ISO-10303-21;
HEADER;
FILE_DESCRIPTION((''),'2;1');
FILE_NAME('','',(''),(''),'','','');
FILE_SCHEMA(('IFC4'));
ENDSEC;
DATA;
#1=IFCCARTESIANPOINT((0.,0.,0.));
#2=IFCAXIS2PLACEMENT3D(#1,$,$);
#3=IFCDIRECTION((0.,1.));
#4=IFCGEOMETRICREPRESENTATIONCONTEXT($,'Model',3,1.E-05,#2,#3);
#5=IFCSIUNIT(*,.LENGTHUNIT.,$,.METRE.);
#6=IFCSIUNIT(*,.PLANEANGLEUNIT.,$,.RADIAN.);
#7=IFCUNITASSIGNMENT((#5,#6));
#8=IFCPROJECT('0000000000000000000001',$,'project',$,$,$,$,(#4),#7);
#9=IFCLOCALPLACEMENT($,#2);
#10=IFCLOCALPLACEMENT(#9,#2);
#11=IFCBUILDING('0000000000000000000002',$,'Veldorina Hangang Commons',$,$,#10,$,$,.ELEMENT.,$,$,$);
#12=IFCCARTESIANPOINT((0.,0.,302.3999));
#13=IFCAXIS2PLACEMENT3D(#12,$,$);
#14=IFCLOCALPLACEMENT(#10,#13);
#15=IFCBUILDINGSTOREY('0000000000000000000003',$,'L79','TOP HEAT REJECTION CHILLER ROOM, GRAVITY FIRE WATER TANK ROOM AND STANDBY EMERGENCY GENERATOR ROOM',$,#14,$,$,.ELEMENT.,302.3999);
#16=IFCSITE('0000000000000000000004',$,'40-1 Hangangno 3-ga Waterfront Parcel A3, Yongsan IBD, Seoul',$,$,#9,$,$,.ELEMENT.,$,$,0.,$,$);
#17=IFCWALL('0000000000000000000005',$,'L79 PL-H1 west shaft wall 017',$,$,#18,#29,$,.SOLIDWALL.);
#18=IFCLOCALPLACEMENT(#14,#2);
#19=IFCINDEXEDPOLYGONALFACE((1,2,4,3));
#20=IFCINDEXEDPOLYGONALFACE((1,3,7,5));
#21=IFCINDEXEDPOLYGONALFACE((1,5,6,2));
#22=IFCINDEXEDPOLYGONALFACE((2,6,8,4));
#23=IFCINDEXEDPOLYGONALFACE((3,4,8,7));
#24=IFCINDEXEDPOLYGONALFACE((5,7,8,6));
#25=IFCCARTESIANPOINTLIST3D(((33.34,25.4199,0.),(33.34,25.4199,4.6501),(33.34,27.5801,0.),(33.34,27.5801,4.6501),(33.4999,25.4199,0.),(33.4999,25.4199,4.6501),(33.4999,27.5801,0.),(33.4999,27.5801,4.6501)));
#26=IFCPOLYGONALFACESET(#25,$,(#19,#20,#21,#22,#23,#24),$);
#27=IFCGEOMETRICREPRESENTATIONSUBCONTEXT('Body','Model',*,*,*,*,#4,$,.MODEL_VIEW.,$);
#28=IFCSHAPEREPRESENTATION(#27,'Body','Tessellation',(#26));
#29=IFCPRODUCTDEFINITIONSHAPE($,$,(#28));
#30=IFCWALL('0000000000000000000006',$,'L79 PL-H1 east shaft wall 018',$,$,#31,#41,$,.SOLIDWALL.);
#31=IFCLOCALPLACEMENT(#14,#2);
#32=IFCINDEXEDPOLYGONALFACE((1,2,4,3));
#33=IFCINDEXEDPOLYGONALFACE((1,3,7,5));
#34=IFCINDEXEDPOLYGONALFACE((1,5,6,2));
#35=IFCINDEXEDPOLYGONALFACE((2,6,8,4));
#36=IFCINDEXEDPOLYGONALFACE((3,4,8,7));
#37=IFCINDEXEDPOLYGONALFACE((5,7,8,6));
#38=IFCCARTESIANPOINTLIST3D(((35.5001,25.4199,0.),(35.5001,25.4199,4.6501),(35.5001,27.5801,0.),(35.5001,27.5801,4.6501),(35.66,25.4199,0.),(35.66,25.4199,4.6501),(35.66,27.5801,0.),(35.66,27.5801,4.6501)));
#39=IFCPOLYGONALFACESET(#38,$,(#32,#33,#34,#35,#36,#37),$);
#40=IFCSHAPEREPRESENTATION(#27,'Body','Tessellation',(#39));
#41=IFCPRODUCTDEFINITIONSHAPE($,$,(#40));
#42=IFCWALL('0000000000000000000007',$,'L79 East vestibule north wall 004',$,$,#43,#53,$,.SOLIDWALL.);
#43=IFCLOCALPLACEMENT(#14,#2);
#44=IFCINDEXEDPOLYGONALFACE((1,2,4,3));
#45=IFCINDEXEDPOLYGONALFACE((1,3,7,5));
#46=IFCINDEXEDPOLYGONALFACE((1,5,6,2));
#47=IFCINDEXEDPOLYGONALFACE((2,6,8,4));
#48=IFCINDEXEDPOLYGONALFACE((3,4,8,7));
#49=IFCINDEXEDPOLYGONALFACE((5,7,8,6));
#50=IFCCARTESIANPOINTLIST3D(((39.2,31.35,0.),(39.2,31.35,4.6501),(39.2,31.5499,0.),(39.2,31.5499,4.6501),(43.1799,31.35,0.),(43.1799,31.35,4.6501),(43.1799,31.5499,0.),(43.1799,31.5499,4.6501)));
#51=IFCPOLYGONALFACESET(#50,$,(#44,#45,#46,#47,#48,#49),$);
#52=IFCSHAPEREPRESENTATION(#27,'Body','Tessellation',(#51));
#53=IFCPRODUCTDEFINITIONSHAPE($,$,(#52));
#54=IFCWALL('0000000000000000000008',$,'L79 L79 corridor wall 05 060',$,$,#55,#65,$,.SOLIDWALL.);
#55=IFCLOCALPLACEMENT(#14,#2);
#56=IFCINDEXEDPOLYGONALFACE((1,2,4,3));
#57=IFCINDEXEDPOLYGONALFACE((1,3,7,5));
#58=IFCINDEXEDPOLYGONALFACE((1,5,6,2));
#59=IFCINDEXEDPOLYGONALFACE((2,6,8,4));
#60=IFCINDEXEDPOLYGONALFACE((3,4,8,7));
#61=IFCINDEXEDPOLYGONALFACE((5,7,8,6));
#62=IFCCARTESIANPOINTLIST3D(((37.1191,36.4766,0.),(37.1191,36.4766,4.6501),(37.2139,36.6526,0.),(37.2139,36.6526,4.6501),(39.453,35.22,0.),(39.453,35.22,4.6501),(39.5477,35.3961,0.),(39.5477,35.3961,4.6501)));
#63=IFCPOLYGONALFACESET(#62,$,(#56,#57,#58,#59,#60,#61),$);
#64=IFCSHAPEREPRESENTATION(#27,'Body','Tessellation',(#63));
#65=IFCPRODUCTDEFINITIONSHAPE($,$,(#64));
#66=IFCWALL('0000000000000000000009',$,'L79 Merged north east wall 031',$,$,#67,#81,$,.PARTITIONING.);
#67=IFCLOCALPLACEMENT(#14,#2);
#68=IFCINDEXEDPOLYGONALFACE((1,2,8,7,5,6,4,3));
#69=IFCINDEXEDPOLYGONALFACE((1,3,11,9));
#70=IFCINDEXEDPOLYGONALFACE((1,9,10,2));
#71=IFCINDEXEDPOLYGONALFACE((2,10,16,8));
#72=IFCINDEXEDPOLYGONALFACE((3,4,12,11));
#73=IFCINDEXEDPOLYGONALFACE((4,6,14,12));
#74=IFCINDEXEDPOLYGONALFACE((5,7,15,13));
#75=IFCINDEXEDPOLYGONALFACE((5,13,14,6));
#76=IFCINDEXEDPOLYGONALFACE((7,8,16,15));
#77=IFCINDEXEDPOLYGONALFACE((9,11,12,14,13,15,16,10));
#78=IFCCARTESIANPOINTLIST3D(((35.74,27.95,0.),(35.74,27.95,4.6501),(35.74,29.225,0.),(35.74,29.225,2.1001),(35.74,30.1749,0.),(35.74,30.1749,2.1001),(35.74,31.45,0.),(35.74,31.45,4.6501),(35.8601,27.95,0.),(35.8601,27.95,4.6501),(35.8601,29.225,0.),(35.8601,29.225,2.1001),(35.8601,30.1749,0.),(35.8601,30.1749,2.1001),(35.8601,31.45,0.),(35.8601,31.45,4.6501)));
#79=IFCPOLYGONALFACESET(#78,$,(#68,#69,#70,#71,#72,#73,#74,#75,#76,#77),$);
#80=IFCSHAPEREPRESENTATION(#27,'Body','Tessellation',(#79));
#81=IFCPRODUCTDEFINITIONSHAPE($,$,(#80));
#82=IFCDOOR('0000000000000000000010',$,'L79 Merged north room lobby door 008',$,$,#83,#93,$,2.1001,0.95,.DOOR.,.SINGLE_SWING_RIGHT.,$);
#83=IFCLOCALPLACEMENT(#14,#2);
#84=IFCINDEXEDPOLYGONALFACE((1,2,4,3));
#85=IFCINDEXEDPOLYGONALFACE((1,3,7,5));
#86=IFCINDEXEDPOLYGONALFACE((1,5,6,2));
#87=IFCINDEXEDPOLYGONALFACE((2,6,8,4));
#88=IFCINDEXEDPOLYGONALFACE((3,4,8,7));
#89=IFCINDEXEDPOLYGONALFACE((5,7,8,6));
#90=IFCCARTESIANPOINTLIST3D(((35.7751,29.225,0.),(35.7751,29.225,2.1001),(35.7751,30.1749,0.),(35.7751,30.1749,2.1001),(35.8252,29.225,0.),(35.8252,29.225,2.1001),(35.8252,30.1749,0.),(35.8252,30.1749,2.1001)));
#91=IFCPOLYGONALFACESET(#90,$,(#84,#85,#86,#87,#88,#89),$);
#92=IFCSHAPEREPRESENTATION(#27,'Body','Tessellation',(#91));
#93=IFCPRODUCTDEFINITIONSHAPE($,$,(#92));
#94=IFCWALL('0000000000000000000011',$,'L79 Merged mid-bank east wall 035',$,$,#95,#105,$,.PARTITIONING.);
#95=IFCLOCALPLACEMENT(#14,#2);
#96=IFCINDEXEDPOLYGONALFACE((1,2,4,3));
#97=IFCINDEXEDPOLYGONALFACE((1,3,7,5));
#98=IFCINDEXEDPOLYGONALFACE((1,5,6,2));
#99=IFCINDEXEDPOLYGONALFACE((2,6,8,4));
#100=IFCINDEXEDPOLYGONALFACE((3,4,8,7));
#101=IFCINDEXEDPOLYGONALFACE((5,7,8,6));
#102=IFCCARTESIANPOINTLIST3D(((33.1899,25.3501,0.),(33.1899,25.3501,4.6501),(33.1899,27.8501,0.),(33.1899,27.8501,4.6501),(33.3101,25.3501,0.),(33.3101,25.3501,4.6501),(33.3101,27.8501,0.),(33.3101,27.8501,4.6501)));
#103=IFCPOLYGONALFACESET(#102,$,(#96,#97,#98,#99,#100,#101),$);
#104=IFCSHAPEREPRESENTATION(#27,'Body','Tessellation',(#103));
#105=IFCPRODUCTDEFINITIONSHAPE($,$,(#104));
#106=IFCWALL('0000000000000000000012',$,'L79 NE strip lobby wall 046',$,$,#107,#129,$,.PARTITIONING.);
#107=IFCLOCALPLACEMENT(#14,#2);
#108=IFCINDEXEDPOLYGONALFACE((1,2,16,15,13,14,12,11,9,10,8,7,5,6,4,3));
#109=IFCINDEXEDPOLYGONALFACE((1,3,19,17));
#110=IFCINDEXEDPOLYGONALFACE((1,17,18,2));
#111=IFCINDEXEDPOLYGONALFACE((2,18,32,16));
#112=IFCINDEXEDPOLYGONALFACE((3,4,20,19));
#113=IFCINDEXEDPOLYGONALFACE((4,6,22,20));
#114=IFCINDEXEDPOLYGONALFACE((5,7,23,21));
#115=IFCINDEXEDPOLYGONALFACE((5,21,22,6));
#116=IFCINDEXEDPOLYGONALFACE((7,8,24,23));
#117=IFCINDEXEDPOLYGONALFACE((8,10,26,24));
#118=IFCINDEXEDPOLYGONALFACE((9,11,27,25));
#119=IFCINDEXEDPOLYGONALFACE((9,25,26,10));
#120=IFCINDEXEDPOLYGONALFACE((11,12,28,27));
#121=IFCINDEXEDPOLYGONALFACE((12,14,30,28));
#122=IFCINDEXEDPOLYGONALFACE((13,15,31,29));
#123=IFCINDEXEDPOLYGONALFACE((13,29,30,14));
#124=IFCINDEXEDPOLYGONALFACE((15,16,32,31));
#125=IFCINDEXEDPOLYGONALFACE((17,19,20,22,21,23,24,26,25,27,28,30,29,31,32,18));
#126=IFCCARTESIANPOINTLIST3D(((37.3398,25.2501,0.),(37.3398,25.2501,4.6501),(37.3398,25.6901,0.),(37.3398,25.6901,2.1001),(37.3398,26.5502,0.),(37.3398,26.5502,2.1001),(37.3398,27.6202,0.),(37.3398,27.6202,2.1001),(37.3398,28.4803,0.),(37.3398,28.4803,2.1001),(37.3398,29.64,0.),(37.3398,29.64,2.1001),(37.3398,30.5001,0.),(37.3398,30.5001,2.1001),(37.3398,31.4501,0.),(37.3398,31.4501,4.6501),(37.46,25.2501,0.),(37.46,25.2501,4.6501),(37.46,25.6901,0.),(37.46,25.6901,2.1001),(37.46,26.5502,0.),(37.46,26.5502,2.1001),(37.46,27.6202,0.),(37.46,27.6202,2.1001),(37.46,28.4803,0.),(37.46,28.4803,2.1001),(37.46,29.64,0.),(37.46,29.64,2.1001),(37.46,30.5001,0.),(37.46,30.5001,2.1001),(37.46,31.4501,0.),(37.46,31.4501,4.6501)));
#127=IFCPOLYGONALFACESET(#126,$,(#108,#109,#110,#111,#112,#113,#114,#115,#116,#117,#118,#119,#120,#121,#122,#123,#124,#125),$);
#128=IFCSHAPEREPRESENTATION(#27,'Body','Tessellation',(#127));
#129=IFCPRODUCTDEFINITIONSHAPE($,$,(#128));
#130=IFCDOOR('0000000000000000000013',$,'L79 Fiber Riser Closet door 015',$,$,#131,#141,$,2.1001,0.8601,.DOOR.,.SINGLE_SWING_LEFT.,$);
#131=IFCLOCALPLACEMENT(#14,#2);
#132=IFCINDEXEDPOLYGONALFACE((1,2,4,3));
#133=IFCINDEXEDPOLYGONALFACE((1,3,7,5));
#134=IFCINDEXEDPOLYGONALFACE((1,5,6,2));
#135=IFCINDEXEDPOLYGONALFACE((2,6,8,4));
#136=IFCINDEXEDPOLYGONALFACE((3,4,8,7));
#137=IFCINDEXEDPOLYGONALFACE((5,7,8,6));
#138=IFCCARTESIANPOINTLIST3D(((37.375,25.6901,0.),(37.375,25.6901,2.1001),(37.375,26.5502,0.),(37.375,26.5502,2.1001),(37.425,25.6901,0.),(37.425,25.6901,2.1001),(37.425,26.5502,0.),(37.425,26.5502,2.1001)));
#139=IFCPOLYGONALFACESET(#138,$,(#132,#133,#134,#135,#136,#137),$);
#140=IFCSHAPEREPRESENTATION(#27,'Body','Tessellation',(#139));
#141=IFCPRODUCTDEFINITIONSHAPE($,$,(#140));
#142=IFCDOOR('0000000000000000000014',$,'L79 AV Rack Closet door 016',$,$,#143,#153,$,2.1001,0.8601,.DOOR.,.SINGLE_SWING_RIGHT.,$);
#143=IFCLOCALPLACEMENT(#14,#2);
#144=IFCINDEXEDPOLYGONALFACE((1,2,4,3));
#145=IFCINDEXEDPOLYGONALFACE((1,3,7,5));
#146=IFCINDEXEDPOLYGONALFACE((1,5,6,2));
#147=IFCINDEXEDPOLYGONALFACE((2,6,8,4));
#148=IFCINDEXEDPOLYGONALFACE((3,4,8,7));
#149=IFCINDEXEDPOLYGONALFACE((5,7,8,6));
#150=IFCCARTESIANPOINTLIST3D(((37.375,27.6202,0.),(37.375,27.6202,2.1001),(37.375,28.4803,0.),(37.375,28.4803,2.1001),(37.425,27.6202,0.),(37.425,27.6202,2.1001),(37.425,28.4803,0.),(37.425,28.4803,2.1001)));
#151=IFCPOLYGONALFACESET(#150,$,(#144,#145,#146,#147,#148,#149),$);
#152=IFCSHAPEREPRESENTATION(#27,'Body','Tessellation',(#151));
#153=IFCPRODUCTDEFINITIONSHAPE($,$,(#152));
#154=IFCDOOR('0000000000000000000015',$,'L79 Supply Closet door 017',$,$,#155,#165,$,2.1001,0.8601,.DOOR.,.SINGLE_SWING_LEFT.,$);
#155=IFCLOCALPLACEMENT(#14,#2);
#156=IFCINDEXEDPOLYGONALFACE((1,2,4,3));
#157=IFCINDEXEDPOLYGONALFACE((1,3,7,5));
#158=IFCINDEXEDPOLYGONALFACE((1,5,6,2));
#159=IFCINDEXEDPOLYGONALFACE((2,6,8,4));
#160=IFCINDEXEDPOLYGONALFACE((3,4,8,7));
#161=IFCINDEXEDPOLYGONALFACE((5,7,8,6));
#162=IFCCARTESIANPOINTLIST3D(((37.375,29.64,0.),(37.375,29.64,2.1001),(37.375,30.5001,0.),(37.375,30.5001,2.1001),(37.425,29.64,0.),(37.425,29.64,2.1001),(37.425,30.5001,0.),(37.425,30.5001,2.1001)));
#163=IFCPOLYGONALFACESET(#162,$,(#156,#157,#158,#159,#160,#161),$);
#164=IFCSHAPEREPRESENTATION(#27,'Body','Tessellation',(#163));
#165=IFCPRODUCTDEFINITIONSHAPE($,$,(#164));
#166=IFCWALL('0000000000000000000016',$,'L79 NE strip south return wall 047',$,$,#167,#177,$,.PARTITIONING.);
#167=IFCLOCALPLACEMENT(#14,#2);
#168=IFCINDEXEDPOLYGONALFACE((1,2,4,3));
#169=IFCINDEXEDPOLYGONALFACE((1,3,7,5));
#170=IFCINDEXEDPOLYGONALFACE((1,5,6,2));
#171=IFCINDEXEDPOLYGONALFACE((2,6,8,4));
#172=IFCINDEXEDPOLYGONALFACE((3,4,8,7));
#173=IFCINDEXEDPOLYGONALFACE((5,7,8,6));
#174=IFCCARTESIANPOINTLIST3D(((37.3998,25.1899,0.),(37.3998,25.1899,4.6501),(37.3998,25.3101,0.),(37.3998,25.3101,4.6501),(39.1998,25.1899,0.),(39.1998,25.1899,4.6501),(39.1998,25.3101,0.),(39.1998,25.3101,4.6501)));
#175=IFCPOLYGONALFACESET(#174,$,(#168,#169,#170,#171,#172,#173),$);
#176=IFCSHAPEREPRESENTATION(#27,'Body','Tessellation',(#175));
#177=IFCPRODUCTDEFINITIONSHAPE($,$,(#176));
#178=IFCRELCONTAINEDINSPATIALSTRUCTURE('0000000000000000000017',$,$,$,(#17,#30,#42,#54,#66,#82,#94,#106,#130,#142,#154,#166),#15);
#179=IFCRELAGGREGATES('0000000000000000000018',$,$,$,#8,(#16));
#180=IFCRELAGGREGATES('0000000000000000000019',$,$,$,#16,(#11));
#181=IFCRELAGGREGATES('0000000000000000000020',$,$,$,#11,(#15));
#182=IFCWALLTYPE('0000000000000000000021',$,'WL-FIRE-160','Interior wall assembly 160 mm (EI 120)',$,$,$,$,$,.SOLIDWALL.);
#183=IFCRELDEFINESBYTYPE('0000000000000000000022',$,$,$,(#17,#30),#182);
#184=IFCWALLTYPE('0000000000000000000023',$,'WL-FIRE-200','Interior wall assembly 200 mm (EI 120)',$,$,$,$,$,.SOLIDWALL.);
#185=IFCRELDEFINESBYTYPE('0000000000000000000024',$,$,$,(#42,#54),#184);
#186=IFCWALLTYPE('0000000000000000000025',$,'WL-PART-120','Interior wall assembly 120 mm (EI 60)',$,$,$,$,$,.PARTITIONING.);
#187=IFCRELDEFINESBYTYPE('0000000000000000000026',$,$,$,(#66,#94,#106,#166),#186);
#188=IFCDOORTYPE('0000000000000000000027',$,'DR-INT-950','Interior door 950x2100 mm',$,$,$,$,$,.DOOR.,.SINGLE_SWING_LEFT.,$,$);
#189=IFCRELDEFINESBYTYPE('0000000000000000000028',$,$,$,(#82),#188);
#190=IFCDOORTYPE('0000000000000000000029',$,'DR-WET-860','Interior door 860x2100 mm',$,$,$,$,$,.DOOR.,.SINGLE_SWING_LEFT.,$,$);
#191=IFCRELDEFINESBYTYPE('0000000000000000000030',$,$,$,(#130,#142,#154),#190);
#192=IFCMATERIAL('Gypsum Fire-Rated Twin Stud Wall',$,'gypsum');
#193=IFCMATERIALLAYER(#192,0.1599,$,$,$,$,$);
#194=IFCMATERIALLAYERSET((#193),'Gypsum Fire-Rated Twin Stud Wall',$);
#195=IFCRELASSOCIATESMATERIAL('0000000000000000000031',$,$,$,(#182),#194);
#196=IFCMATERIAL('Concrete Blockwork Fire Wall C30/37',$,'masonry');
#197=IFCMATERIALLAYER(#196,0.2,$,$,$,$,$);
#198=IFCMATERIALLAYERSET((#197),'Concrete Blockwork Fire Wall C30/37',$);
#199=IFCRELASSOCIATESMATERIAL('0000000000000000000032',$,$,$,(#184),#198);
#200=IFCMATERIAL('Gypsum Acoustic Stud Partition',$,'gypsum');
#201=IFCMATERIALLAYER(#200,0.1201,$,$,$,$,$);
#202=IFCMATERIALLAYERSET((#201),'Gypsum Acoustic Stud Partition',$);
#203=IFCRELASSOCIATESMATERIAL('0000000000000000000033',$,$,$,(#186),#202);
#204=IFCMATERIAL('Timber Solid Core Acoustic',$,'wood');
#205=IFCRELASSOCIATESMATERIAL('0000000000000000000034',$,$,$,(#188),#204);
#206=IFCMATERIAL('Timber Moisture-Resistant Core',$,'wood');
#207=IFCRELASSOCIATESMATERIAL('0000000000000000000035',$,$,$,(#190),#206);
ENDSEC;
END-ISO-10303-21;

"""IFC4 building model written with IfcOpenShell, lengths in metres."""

from ifc_helpers import new_model, si_unit, direction, frame, frame_2d, origin, place, context, subcontext, project, spatial, rectangle, extrude, material, layer, layer_set, type_object, element, fill, save


model = new_model("IFC4")

# Units and contexts
model_context = context("Model", 3, precision=1e-05, world=origin(), true_north=direction((0.0, 1.0)))
body_context = subcontext(model_context, "Body", "Model", "MODEL_VIEW")
ifc_project = project(units=[si_unit("LENGTHUNIT", "METRE"), si_unit("PLANEANGLEUNIT", "RADIAN")], contexts=[model_context])

# Site, building, storey
site_placement = place(None, origin())
site = spatial("IfcSite", under=ifc_project, at=site_placement, Name="40-1 Hangangno 3-ga Waterfront Parcel A3, Yongsan IBD, Seoul", CompositionType="ELEMENT", RefElevation=0.0)
building_placement = place(site_placement, origin())
building = spatial("IfcBuilding", under=site, at=building_placement, Name="Veldorina Hangang Commons", CompositionType="ELEMENT")
storey_placement = place(building_placement, frame((0.0, 0.0, 302.3999)))
storey = spatial("IfcBuildingStorey", under=building, at=storey_placement, Name="L79", Description="TOP HEAT REJECTION CHILLER ROOM, GRAVITY FIRE WATER TANK ROOM AND STANDBY EMERGENCY GENERATOR ROOM", CompositionType="ELEMENT", Elevation=302.3999)

# Walls
ifc_material_1 = material(Name="Gypsum Fire-Rated Twin Stud Wall", Category="gypsum")
ifc_layer_1 = layer(ifc_material_1, 0.1599)
ifc_layer_set_1 = layer_set([ifc_layer_1], Name="Gypsum Fire-Rated Twin Stud Wall")
wall_type_1 = type_object("IfcWallType", Name="WL-FIRE-160", Description="Interior wall assembly 160 mm (EI 120)", PredefinedType="SOLIDWALL", material=ifc_layer_set_1)
for number, where, z_axis, x_axis, name in (
    (1, (33.4199, 25.4199, 0.0), (0.0, 0.0, 1.0), (0.0, 1.0, 0.0), "L79 PL-H1 west shaft wall 017"),
    (2, (35.5801, 25.4199, 0.0), (0.0, 0.0, 1.0), (0.0, 1.0, 0.0), "L79 PL-H1 east shaft wall 018"),
):
    element("IfcWall", number, at=place(storey_placement, frame(where, z_axis=z_axis, x_axis=x_axis)), inside=storey, type_object=wall_type_1, Name=name, PredefinedType="SOLIDWALL", context=body_context, shape_type="SweptSolid", body=[
        extrude(rectangle(XDim=2.1602, YDim=0.1599, at=frame_2d((1.0801, 0.0))), origin(), (0.0, 0.0, 1.0), 4.6501),
    ])
ifc_material_2 = material(Name="Concrete Blockwork Fire Wall C30/37", Category="masonry")
ifc_layer_2 = layer(ifc_material_2, 0.2)
ifc_layer_set_2 = layer_set([ifc_layer_2], Name="Concrete Blockwork Fire Wall C30/37")
wall_type_2 = type_object("IfcWallType", Name="WL-FIRE-200", Description="Interior wall assembly 200 mm (EI 120)", PredefinedType="SOLIDWALL", material=ifc_layer_set_2)
wall_1_placement = place(storey_placement, frame((39.2, 31.45, 0.0), z_axis=(0.0, 0.0, 1.0), x_axis=(1.0, 0.0, 0.0)))
element("IfcWall", 3, at=wall_1_placement, inside=storey, type_object=wall_type_2, Name="L79 East vestibule north wall 004", PredefinedType="SOLIDWALL", context=body_context, shape_type="SweptSolid", body=[
    extrude(rectangle(XDim=3.98, YDim=0.2, at=frame_2d((1.99, 0.0))), origin(), (0.0, 0.0, 1.0), 4.6501),
])
wall_2_placement = place(storey_placement, frame((39.5002, 35.3081, 0.0), z_axis=(0.0, 0.0, 1.0), x_axis=(-0.880498, 0.47405, 0.0)))
element("IfcWall", 4, at=wall_2_placement, inside=storey, type_object=wall_type_2, Name="L79 L79 corridor wall 05 060", PredefinedType="SOLIDWALL", context=body_context, shape_type="SweptSolid", body=[
    extrude(rectangle(XDim=2.6506, YDim=0.2, at=frame_2d((1.3252, 0.0))), origin(), (0.0, 0.0, 1.0), 4.6501),
])

# Wall, opening, door
ifc_material_3 = material(Name="Gypsum Acoustic Stud Partition", Category="gypsum")
ifc_layer_3 = layer(ifc_material_3, 0.1201)
ifc_layer_set_3 = layer_set([ifc_layer_3], Name="Gypsum Acoustic Stud Partition")
wall_type_3 = type_object("IfcWallType", Name="WL-PART-120", Description="Interior wall assembly 120 mm (EI 60)", PredefinedType="PARTITIONING", material=ifc_layer_set_3)
wall_3_placement = place(storey_placement, frame((35.8, 27.95, 0.0), z_axis=(0.0, 0.0, 1.0), x_axis=(0.0, 1.0, 0.0)))
wall_3 = element("IfcWall", 5, at=wall_3_placement, inside=storey, type_object=wall_type_3, Name="L79 Merged north east wall 031", PredefinedType="PARTITIONING", context=body_context, shape_type="SweptSolid", body=[
    extrude(rectangle(XDim=3.5, YDim=0.1201, at=frame_2d((1.75, 0.0))), origin(), (0.0, 0.0, 1.0), 4.6501),
])
opening_1_placement = place(wall_3_placement, frame((1.2749, 0.0, 0.0)))
opening_1 = element("IfcOpeningElement", 6, at=opening_1_placement, cuts=wall_3, PredefinedType="OPENING", context=body_context, shape_type="SweptSolid", body=[
    extrude(rectangle(XDim=0.95, YDim=2.1001, at=frame_2d((0.4751, 1.05))), frame((0.0, 0.0701, 0.0), z_axis=(0.0, -1.0, 0.0), x_axis=(1.0, 0.0, 0.0)), (0.0, 0.0, 1.0), 0.1401),
])
ifc_material_4 = material(Name="Timber Solid Core Acoustic", Category="wood")
door_type_1 = type_object("IfcDoorType", Name="DR-INT-950", Description="Interior door 950x2100 mm", OperationType="SINGLE_SWING_LEFT", PredefinedType="DOOR", material=ifc_material_4)
door_1_placement = place(opening_1_placement, origin())
door_1 = element("IfcDoor", 7, at=door_1_placement, inside=storey, type_object=door_type_1, Name="L79 Merged north room lobby door 008", OperationType="SINGLE_SWING_RIGHT", OverallHeight=2.1001, OverallWidth=0.95, PredefinedType="DOOR", context=body_context, shape_type="SweptSolid", body=[
    extrude(rectangle(XDim=0.95, YDim=2.1001, at=frame_2d((0.4751, 1.05))), frame((0.0, 0.0249, 0.0), z_axis=(0.0, -1.0, 0.0), x_axis=(1.0, 0.0, 0.0)), (0.0, 0.0, 1.0), 0.05),
])
fill(opening_1, door_1)

# Wall
wall_4_placement = place(storey_placement, frame((33.25, 25.3501, 0.0), z_axis=(0.0, 0.0, 1.0), x_axis=(0.0, 1.0, 0.0)))
element("IfcWall", 8, at=wall_4_placement, inside=storey, type_object=wall_type_3, Name="L79 Merged mid-bank east wall 035", PredefinedType="PARTITIONING", context=body_context, shape_type="SweptSolid", body=[
    extrude(rectangle(XDim=2.5, YDim=0.1201, at=frame_2d((1.25, 0.0))), origin(), (0.0, 0.0, 1.0), 4.6501),
])

# Wall, openings, doors
wall_5_placement = place(storey_placement, frame((37.3999, 25.25, 0.0), z_axis=(0.0, 0.0, 1.0), x_axis=(0.0, 1.0, 0.0)))
wall_5 = element("IfcWall", 9, at=wall_5_placement, inside=storey, type_object=wall_type_3, Name="L79 NE strip lobby wall 046", PredefinedType="PARTITIONING", context=body_context, shape_type="SweptSolid", body=[
    extrude(rectangle(XDim=6.2, YDim=0.1201, at=frame_2d((3.1001, 0.0))), origin(), (0.0, 0.0, 1.0), 4.6501),
])
opening_2_placement = place(wall_5_placement, frame((0.4399, 0.0, 0.0)))
opening_2 = element("IfcOpeningElement", 10, at=opening_2_placement, cuts=wall_5, PredefinedType="OPENING", context=body_context, shape_type="SweptSolid", body=[
    extrude(rectangle(XDim=0.8601, YDim=2.1001, at=frame_2d((0.4302, 1.05))), frame((0.0, 0.0701, 0.0), z_axis=(0.0, -1.0, 0.0), x_axis=(1.0, 0.0, 0.0)), (0.0, 0.0, 1.0), 0.1401),
])
opening_3_placement = place(wall_5_placement, frame((2.3701, 0.0, 0.0)))
opening_3 = element("IfcOpeningElement", 11, at=opening_3_placement, cuts=wall_5, PredefinedType="OPENING", context=body_context, shape_type="SweptSolid", body=[
    extrude(rectangle(XDim=0.8601, YDim=2.1001, at=frame_2d((0.4302, 1.05))), frame((0.0, 0.0701, 0.0), z_axis=(0.0, -1.0, 0.0), x_axis=(1.0, 0.0, 0.0)), (0.0, 0.0, 1.0), 0.1401),
])
opening_4_placement = place(wall_5_placement, frame((4.3899, 0.0, 0.0)))
opening_4 = element("IfcOpeningElement", 12, at=opening_4_placement, cuts=wall_5, PredefinedType="OPENING", context=body_context, shape_type="SweptSolid", body=[
    extrude(rectangle(XDim=0.8601, YDim=2.1001, at=frame_2d((0.4302, 1.05))), frame((0.0, 0.0701, 0.0), z_axis=(0.0, -1.0, 0.0), x_axis=(1.0, 0.0, 0.0)), (0.0, 0.0, 1.0), 0.1401),
])
ifc_material_5 = material(Name="Timber Moisture-Resistant Core", Category="wood")
door_type_2 = type_object("IfcDoorType", Name="DR-WET-860", Description="Interior door 860x2100 mm", OperationType="SINGLE_SWING_LEFT", PredefinedType="DOOR", material=ifc_material_5)
door_2_placement = place(opening_2_placement, origin())
door_2 = element("IfcDoor", 13, at=door_2_placement, inside=storey, type_object=door_type_2, Name="L79 Fiber Riser Closet door 015", OperationType="SINGLE_SWING_LEFT", OverallHeight=2.1001, OverallWidth=0.8601, PredefinedType="DOOR", context=body_context, shape_type="SweptSolid", body=[
    extrude(rectangle(XDim=0.8601, YDim=2.1001, at=frame_2d((0.4302, 1.05))), frame((0.0, 0.0249, 0.0), z_axis=(0.0, -1.0, 0.0), x_axis=(1.0, 0.0, 0.0)), (0.0, 0.0, 1.0), 0.05),
])
fill(opening_2, door_2)
door_3_placement = place(opening_3_placement, origin())
door_3 = element("IfcDoor", 14, at=door_3_placement, inside=storey, type_object=door_type_2, Name="L79 AV Rack Closet door 016", OperationType="SINGLE_SWING_RIGHT", OverallHeight=2.1001, OverallWidth=0.8601, PredefinedType="DOOR", context=body_context, shape_type="SweptSolid", body=[
    extrude(rectangle(XDim=0.8601, YDim=2.1001, at=frame_2d((0.4302, 1.05))), frame((0.0, 0.0249, 0.0), z_axis=(0.0, -1.0, 0.0), x_axis=(1.0, 0.0, 0.0)), (0.0, 0.0, 1.0), 0.05),
])
fill(opening_3, door_3)
door_4_placement = place(opening_4_placement, origin())
door_4 = element("IfcDoor", 15, at=door_4_placement, inside=storey, type_object=door_type_2, Name="L79 Supply Closet door 017", OperationType="SINGLE_SWING_LEFT", OverallHeight=2.1001, OverallWidth=0.8601, PredefinedType="DOOR", context=body_context, shape_type="SweptSolid", body=[
    extrude(rectangle(XDim=0.8601, YDim=2.1001, at=frame_2d((0.4302, 1.05))), frame((0.0, 0.0249, 0.0), z_axis=(0.0, -1.0, 0.0), x_axis=(1.0, 0.0, 0.0)), (0.0, 0.0, 1.0), 0.05),
])
fill(opening_4, door_4)

# Wall
wall_6_placement = place(storey_placement, frame((37.3999, 25.25, 0.0), z_axis=(0.0, 0.0, 1.0), x_axis=(1.0, 0.0, 0.0)))
element("IfcWall", 16, at=wall_6_placement, inside=storey, type_object=wall_type_3, Name="L79 NE strip south return wall 047", PredefinedType="PARTITIONING", context=body_context, shape_type="SweptSolid", body=[
    extrude(rectangle(XDim=1.8, YDim=0.1201, at=frame_2d((0.8999, 0.0))), origin(), (0.0, 0.0, 1.0), 4.6501),
])

save(model, "model.ifc")
